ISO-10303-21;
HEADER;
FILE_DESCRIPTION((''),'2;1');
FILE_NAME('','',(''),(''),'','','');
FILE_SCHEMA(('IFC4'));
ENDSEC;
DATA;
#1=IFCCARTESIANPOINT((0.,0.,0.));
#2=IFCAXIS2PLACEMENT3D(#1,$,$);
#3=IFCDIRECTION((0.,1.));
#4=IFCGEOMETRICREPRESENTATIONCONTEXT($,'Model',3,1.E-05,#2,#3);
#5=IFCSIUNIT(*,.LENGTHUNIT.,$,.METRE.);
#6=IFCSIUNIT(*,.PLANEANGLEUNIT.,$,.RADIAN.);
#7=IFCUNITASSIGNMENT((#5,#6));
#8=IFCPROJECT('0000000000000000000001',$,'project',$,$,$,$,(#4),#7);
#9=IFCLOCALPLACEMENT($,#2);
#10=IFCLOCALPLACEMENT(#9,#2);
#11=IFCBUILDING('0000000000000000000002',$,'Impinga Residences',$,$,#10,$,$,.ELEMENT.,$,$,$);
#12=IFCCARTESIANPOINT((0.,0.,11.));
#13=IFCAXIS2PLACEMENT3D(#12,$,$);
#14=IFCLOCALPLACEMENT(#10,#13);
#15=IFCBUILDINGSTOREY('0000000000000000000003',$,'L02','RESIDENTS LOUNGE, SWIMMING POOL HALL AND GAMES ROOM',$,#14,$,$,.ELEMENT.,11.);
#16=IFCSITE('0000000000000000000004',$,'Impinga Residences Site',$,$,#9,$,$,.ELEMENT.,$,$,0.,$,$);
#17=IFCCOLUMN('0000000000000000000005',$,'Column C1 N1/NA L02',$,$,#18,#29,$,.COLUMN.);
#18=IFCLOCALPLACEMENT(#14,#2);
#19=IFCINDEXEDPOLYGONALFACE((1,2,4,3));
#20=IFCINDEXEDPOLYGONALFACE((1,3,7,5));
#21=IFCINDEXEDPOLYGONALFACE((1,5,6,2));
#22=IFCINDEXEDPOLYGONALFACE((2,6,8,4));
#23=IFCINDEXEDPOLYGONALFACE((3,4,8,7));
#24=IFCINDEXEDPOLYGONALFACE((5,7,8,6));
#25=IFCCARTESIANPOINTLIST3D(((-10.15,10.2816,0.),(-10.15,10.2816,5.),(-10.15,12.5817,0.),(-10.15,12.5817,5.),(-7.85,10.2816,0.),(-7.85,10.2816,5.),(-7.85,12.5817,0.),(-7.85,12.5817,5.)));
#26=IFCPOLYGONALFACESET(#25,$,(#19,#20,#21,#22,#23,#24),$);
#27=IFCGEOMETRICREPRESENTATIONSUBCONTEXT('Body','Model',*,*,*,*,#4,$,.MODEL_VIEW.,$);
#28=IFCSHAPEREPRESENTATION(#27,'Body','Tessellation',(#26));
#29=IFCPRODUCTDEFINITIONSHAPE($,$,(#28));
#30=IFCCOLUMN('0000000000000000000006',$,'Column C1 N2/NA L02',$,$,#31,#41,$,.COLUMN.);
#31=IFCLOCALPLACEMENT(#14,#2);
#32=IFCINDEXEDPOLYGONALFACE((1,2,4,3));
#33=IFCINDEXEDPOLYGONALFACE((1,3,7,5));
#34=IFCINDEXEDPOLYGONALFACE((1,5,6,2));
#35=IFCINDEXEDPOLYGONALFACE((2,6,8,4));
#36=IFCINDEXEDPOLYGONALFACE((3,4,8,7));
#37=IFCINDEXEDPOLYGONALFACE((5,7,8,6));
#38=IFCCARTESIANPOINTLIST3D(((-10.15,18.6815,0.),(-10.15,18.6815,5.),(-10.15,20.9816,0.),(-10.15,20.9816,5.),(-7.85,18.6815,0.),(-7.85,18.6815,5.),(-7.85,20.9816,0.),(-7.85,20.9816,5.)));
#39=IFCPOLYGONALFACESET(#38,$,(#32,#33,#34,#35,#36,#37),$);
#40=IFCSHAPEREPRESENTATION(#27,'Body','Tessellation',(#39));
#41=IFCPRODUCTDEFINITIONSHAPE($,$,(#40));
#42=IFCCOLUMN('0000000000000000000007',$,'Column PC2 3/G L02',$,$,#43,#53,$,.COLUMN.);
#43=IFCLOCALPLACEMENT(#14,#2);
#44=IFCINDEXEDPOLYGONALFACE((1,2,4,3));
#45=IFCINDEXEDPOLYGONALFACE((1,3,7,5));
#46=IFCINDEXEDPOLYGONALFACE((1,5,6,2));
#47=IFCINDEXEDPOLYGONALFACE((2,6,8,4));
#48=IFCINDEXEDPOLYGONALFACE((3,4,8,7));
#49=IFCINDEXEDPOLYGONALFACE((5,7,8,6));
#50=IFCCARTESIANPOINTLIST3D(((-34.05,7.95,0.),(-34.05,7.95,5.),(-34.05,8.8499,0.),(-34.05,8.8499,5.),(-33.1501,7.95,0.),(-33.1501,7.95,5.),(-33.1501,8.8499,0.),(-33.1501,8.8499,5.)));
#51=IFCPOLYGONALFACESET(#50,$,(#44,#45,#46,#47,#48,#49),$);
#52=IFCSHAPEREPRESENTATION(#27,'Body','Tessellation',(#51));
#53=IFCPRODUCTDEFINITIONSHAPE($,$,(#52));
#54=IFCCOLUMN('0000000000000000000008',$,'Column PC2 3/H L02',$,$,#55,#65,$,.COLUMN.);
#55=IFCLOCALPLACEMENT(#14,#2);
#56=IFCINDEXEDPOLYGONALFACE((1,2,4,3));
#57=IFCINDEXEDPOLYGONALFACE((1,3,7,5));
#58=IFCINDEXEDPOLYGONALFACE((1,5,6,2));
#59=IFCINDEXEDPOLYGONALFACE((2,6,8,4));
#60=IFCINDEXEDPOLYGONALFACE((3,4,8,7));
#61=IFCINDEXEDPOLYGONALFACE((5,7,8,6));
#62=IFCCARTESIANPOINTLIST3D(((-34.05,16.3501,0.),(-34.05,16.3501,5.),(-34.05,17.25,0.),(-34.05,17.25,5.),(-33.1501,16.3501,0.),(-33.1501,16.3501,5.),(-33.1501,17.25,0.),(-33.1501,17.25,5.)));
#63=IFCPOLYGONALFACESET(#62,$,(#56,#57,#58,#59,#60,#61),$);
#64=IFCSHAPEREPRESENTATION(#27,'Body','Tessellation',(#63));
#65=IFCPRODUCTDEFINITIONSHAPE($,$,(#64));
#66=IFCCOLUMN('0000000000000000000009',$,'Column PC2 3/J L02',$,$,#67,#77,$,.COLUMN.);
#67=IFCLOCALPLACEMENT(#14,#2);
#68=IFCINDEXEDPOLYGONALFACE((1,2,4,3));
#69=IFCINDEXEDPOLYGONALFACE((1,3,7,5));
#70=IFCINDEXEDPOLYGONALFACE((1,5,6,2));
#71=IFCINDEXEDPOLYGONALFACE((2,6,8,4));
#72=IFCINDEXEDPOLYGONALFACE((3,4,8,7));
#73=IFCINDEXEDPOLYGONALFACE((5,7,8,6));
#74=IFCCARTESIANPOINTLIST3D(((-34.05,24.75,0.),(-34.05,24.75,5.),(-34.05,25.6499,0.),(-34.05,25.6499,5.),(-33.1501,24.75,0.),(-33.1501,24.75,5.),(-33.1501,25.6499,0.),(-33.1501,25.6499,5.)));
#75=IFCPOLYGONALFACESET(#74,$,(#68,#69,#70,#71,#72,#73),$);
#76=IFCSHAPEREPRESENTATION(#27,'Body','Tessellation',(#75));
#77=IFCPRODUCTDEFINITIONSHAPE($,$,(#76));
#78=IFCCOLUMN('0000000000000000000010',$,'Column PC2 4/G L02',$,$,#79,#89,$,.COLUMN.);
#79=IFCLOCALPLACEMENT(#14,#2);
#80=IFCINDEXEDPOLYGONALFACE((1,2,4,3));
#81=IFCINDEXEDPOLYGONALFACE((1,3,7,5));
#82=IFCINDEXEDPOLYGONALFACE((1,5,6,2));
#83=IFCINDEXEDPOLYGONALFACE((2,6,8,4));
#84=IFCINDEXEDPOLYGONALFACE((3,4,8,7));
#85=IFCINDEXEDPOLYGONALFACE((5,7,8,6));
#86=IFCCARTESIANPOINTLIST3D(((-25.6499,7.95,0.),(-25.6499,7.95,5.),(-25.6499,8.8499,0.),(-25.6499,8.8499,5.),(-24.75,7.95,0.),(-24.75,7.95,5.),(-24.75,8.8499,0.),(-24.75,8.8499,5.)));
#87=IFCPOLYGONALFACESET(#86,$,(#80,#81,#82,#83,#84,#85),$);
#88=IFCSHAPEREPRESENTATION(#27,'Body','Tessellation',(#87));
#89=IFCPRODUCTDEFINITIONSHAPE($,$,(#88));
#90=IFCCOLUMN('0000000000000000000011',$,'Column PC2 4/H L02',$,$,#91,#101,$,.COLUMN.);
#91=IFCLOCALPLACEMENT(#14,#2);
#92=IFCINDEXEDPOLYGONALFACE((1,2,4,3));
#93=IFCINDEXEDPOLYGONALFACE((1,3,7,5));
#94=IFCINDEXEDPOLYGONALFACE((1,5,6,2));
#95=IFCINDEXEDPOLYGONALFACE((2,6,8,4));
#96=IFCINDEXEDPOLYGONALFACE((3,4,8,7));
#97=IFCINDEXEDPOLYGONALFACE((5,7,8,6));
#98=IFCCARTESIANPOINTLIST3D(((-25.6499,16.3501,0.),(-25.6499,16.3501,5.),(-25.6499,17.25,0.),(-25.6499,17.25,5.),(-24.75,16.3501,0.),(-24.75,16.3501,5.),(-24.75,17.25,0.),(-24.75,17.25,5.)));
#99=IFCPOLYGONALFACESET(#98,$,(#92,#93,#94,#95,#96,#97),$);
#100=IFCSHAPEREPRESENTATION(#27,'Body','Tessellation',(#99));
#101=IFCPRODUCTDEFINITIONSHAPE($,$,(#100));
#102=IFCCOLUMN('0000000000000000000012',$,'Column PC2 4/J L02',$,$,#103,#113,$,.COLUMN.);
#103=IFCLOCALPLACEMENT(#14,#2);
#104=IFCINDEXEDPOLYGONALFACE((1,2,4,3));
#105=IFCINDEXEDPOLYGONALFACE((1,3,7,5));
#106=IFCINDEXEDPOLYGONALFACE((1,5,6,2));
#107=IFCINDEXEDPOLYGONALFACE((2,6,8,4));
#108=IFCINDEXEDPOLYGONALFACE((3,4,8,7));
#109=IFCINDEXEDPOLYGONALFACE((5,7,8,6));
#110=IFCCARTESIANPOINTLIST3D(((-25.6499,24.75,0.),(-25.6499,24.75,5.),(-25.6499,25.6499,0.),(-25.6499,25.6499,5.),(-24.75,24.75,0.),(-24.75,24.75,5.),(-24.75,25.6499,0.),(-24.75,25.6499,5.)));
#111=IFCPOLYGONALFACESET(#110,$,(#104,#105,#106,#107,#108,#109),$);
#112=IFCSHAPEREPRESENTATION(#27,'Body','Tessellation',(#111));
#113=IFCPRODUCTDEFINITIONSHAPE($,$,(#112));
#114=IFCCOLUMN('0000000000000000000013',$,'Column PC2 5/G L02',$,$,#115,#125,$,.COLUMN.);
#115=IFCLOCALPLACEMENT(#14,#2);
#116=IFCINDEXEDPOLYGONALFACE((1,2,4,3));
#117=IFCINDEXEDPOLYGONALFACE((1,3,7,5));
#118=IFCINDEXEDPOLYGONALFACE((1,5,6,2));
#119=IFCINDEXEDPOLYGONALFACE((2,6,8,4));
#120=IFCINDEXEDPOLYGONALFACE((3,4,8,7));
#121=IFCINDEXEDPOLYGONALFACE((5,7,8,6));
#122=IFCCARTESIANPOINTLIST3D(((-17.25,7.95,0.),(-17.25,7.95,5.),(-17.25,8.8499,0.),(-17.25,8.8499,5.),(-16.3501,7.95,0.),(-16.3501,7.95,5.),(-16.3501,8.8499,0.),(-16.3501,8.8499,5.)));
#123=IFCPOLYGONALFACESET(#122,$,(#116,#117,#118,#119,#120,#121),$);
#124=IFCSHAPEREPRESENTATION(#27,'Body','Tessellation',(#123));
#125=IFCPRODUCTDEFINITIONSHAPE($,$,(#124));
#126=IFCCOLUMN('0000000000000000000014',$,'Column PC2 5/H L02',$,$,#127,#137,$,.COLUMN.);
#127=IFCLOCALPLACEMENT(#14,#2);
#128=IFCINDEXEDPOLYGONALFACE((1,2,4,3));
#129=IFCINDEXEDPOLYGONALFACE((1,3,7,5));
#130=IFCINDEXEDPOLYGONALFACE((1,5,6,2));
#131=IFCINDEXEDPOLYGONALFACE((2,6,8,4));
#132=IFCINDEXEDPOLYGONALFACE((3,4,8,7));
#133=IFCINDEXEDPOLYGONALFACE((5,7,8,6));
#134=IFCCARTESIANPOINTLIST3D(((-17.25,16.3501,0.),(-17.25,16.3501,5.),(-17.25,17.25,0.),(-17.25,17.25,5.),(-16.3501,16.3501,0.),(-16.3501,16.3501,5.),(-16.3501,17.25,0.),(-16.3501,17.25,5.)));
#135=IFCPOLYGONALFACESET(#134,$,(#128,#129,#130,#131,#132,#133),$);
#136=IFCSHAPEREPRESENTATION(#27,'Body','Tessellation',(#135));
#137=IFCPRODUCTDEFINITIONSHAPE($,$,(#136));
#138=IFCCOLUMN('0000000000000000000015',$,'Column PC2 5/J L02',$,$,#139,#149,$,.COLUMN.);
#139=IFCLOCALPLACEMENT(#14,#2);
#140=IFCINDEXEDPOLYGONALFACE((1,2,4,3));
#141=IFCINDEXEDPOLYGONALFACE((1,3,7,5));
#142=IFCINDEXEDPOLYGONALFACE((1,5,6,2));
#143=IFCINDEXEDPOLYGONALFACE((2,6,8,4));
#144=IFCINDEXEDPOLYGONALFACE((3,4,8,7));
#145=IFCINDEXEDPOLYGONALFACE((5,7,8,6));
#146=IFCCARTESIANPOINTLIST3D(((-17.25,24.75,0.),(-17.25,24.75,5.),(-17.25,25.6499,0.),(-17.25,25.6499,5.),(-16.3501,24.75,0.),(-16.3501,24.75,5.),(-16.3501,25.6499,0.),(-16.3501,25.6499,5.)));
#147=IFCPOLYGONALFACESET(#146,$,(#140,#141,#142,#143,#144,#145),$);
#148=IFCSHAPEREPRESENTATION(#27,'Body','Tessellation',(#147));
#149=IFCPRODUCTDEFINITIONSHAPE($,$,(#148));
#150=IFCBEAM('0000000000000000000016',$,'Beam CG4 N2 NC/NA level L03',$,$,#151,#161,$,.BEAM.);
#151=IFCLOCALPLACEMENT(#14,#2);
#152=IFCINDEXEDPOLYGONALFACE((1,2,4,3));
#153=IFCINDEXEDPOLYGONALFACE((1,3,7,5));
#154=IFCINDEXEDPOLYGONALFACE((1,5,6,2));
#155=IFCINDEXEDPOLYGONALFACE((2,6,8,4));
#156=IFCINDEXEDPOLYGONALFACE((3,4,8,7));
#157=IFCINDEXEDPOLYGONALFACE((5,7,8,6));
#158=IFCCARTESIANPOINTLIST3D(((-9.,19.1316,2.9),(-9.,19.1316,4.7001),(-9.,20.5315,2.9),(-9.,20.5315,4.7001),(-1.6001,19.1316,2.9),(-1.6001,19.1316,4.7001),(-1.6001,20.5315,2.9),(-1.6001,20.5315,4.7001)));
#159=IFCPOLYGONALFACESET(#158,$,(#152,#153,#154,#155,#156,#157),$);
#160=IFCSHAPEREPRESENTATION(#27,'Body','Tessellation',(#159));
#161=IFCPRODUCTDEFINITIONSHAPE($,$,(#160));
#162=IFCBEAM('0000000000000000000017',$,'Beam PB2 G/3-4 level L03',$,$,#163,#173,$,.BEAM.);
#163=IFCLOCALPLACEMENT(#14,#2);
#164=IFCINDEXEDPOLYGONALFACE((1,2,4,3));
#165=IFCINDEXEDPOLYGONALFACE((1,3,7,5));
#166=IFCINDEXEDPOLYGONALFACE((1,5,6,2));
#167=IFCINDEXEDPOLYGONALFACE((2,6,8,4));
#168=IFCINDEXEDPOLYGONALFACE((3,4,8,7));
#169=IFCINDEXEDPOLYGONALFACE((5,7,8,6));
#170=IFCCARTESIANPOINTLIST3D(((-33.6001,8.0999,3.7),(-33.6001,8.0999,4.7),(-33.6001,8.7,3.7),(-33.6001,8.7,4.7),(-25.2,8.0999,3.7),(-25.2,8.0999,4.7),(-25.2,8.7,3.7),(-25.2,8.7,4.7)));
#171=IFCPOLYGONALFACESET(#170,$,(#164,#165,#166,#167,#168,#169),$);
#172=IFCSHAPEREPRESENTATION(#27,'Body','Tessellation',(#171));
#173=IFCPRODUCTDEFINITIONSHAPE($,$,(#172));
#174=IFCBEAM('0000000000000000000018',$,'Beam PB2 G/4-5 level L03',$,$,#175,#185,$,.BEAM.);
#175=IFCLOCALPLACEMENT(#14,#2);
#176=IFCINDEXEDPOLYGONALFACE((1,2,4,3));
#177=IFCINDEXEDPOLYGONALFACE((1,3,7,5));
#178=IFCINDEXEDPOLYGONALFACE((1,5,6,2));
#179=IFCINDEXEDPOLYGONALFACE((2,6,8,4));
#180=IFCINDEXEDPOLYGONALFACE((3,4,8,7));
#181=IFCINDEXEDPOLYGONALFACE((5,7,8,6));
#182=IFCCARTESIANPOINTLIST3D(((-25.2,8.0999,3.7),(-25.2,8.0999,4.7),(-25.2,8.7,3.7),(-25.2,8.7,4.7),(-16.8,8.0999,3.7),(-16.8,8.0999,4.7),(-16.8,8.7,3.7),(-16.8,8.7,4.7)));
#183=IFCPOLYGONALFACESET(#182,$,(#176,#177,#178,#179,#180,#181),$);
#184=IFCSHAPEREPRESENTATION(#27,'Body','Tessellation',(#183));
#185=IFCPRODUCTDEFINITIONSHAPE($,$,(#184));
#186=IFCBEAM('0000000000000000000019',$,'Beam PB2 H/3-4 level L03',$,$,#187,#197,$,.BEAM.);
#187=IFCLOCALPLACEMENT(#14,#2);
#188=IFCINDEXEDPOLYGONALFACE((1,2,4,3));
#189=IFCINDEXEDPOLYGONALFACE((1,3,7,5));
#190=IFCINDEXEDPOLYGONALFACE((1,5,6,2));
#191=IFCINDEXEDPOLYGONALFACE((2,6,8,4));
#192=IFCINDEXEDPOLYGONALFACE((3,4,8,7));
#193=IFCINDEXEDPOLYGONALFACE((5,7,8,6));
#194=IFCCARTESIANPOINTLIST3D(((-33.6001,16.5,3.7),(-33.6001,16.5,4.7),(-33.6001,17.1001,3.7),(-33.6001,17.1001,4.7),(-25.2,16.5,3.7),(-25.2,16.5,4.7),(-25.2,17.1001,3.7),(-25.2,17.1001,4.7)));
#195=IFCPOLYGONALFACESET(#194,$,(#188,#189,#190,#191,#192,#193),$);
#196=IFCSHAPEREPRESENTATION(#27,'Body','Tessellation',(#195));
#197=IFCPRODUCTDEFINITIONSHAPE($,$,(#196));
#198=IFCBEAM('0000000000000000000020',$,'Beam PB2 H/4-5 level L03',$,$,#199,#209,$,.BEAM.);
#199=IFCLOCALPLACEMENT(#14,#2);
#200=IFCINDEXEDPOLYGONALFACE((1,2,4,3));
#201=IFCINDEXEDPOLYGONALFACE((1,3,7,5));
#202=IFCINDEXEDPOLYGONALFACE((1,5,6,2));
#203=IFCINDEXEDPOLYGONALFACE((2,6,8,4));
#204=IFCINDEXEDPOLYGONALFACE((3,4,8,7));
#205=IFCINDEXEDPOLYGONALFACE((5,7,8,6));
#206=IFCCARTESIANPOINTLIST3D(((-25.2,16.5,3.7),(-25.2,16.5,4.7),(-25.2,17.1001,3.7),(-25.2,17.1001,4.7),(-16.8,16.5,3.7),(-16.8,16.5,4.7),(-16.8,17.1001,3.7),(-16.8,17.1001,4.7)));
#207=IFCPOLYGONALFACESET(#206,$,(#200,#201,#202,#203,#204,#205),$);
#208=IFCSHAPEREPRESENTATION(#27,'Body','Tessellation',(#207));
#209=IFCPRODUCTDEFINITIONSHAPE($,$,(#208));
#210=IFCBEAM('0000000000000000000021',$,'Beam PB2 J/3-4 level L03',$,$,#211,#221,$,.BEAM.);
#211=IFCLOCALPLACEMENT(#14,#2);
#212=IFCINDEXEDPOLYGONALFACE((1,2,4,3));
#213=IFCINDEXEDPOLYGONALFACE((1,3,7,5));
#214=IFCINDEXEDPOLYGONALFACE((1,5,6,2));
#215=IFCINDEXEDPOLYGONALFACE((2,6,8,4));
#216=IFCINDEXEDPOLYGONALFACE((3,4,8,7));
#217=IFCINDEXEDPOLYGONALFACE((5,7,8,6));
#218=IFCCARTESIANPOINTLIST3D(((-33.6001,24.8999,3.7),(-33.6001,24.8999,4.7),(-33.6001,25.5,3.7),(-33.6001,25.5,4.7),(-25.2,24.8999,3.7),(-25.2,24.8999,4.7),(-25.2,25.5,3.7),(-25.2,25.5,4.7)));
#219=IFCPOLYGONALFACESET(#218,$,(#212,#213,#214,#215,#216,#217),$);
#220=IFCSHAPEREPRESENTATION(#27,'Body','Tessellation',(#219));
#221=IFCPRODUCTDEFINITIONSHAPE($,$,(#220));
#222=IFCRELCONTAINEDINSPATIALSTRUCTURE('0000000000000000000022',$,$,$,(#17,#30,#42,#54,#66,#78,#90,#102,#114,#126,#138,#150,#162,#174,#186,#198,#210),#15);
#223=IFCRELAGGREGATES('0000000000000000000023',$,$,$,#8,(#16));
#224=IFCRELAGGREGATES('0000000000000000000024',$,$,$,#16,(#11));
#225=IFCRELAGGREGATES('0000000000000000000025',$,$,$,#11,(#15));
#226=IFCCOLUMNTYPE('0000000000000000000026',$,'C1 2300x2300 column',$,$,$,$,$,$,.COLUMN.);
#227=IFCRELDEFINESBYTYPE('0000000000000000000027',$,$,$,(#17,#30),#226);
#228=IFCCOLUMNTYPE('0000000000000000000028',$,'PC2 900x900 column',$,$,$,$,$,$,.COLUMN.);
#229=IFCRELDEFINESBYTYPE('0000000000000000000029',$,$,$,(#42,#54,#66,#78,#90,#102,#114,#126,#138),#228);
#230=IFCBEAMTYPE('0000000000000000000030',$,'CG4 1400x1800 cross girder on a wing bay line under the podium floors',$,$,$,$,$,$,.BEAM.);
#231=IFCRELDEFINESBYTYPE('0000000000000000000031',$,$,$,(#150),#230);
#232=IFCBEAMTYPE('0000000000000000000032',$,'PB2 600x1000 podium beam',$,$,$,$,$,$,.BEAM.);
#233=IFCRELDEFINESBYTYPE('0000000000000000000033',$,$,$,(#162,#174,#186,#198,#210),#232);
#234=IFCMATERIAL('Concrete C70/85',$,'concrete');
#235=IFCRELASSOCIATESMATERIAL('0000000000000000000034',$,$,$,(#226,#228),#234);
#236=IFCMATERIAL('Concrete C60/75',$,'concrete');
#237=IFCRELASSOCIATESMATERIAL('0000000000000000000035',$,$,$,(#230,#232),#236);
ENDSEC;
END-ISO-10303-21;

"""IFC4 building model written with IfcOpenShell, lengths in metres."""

from ifc_helpers import new_model, si_unit, direction, frame, origin, origin_2d, place, context, subcontext, project, spatial, rectangle, extrude, material, material_profile, profile_set, type_object, element, save


model = new_model("IFC4")

# Units and contexts
model_context = context("Model", 3, precision=1e-05, world=origin(), true_north=direction((0.0, 1.0)))
body_context = subcontext(model_context, "Body", "Model", "MODEL_VIEW")
ifc_project = project(units=[si_unit("LENGTHUNIT", "METRE"), si_unit("PLANEANGLEUNIT", "RADIAN")], contexts=[model_context])

# Site, building, storey
site_placement = place(None, origin())
site = spatial("IfcSite", under=ifc_project, at=site_placement, Name="Impinga Residences Site", CompositionType="ELEMENT", RefElevation=0.0)
building_placement = place(site_placement, origin())
building = spatial("IfcBuilding", under=site, at=building_placement, Name="Impinga Residences", CompositionType="ELEMENT")
storey_placement = place(building_placement, frame((0.0, 0.0, 11.0)))
storey = spatial("IfcBuildingStorey", under=building, at=storey_placement, Name="L02", Description="RESIDENTS LOUNGE, SWIMMING POOL HALL AND GAMES ROOM", CompositionType="ELEMENT", Elevation=11.0)

# Columns
ifc_material_1 = material(Name="Concrete C70/85", Category="concrete")
ifc_material_profile_1 = material_profile(ifc_material_1, rectangle(XDim=2.3, YDim=2.3, at=origin_2d()), Name="RC 2300x2300")
ifc_profile_set_1 = profile_set([ifc_material_profile_1], Name="Concrete C70/85")
column_type_1 = type_object("IfcColumnType", Name="C1 2300x2300 column", PredefinedType="COLUMN", material=ifc_profile_set_1)
for number, where, z_axis, x_axis, name in (
    (1, (-9.0, 11.4316, 0.0), (0.0, 0.0, 1.0), (1.0, 0.0, 0.0), "Column C1 N1/NA L02"),
    (2, (-9.0, 19.8315, 0.0), (0.0, 0.0, 1.0), (1.0, 0.0, 0.0), "Column C1 N2/NA L02"),
):
    element("IfcColumn", number, at=place(storey_placement, frame(where, z_axis=z_axis, x_axis=x_axis)), inside=storey, type_object=column_type_1, Name=name, PredefinedType="COLUMN", context=body_context, shape_type="SweptSolid", body=[
        extrude(rectangle(XDim=2.3, YDim=2.3, at=origin_2d()), origin(), (0.0, 0.0, 1.0), 5.0),
    ])
ifc_material_profile_2 = material_profile(ifc_material_1, rectangle(XDim=0.8999, YDim=0.8999, at=origin_2d()), Name="RC 900x900")
ifc_profile_set_2 = profile_set([ifc_material_profile_2], Name="Concrete C70/85")
column_type_2 = type_object("IfcColumnType", Name="PC2 900x900 column", PredefinedType="COLUMN", material=ifc_profile_set_2)
for number, where, z_axis, x_axis, name in (
    (3, (-33.6001, 8.3999, 0.0), (0.0, 0.0, 1.0), (1.0, 0.0, 0.0), "Column PC2 3/G L02"),
    (4, (-33.6001, 16.8, 0.0), (0.0, 0.0, 1.0), (1.0, 0.0, 0.0), "Column PC2 3/H L02"),
    (5, (-33.6001, 25.2, 0.0), (0.0, 0.0, 1.0), (1.0, 0.0, 0.0), "Column PC2 3/J L02"),
    (6, (-25.2, 8.3999, 0.0), (0.0, 0.0, 1.0), (1.0, 0.0, 0.0), "Column PC2 4/G L02"),
    (7, (-25.2, 16.8, 0.0), (0.0, 0.0, 1.0), (1.0, 0.0, 0.0), "Column PC2 4/H L02"),
    (8, (-25.2, 25.2, 0.0), (0.0, 0.0, 1.0), (1.0, 0.0, 0.0), "Column PC2 4/J L02"),
    (9, (-16.8, 8.3999, 0.0), (0.0, 0.0, 1.0), (1.0, 0.0, 0.0), "Column PC2 5/G L02"),
    (10, (-16.8, 16.8, 0.0), (0.0, 0.0, 1.0), (1.0, 0.0, 0.0), "Column PC2 5/H L02"),
    (11, (-16.8, 25.2, 0.0), (0.0, 0.0, 1.0), (1.0, 0.0, 0.0), "Column PC2 5/J L02"),
):
    element("IfcColumn", number, at=place(storey_placement, frame(where, z_axis=z_axis, x_axis=x_axis)), inside=storey, type_object=column_type_2, Name=name, PredefinedType="COLUMN", context=body_context, shape_type="SweptSolid", body=[
        extrude(rectangle(XDim=0.8999, YDim=0.8999, at=origin_2d()), origin(), (0.0, 0.0, 1.0), 5.0),
    ])

# Beams
ifc_material_2 = material(Name="Concrete C60/75", Category="concrete")
ifc_material_profile_3 = material_profile(ifc_material_2, rectangle(XDim=1.3999, YDim=1.8, at=origin_2d()), Name="RC 1400x1800")
ifc_profile_set_3 = profile_set([ifc_material_profile_3], Name="Concrete C60/75")
beam_type_1 = type_object("IfcBeamType", Name="CG4 1400x1800 cross girder on a wing bay line under the podium floors", PredefinedType="BEAM", material=ifc_profile_set_3)
beam_1_placement = place(storey_placement, frame((-1.6001, 19.8315, 3.8), z_axis=(-1.0, 0.0, 0.0), x_axis=(0.0, -1.0, 0.0)))
element("IfcBeam", 12, at=beam_1_placement, inside=storey, type_object=beam_type_1, Name="Beam CG4 N2 NC/NA level L03", PredefinedType="BEAM", context=body_context, shape_type="SweptSolid", body=[
    extrude(rectangle(XDim=1.3999, YDim=1.8, at=origin_2d()), origin(), (0.0, 0.0, 1.0), 7.3999),
])
ifc_material_profile_4 = material_profile(ifc_material_2, rectangle(XDim=0.6001, YDim=1.0, at=origin_2d()), Name="RC 600x1000")
ifc_profile_set_4 = profile_set([ifc_material_profile_4], Name="Concrete C60/75")
beam_type_2 = type_object("IfcBeamType", Name="PB2 600x1000 podium beam", PredefinedType="BEAM", material=ifc_profile_set_4)
beam_2_placement = place(storey_placement, frame((-33.6001, 8.3999, 4.2), z_axis=(1.0, 0.0, 0.0), x_axis=(0.0, 1.0, 0.0)))
element("IfcBeam", 13, at=beam_2_placement, inside=storey, type_object=beam_type_2, Name="Beam PB2 G/3-4 level L03", PredefinedType="BEAM", context=body_context, shape_type="SweptSolid", body=[
    extrude(rectangle(XDim=0.6001, YDim=1.0, at=origin_2d()), origin(), (0.0, 0.0, 1.0), 8.4001),
])
beam_3_placement = place(storey_placement, frame((-25.2, 8.3999, 4.2), z_axis=(1.0, 0.0, 0.0), x_axis=(0.0, 1.0, 0.0)))
element("IfcBeam", 14, at=beam_3_placement, inside=storey, type_object=beam_type_2, Name="Beam PB2 G/4-5 level L03", PredefinedType="BEAM", context=body_context, shape_type="SweptSolid", body=[
    extrude(rectangle(XDim=0.6001, YDim=1.0, at=origin_2d()), origin(), (0.0, 0.0, 1.0), 8.3999),
])
beam_4_placement = place(storey_placement, frame((-33.6001, 16.8, 4.2), z_axis=(1.0, 0.0, 0.0), x_axis=(0.0, 1.0, 0.0)))
element("IfcBeam", 15, at=beam_4_placement, inside=storey, type_object=beam_type_2, Name="Beam PB2 H/3-4 level L03", PredefinedType="BEAM", context=body_context, shape_type="SweptSolid", body=[
    extrude(rectangle(XDim=0.6001, YDim=1.0, at=origin_2d()), origin(), (0.0, 0.0, 1.0), 8.4001),
])
beam_5_placement = place(storey_placement, frame((-25.2, 16.8, 4.2), z_axis=(1.0, 0.0, 0.0), x_axis=(0.0, 1.0, 0.0)))
element("IfcBeam", 16, at=beam_5_placement, inside=storey, type_object=beam_type_2, Name="Beam PB2 H/4-5 level L03", PredefinedType="BEAM", context=body_context, shape_type="SweptSolid", body=[
    extrude(rectangle(XDim=0.6001, YDim=1.0, at=origin_2d()), origin(), (0.0, 0.0, 1.0), 8.3999),
])
beam_6_placement = place(storey_placement, frame((-33.6001, 25.2, 4.2), z_axis=(1.0, 0.0, 0.0), x_axis=(0.0, 1.0, 0.0)))
element("IfcBeam", 17, at=beam_6_placement, inside=storey, type_object=beam_type_2, Name="Beam PB2 J/3-4 level L03", PredefinedType="BEAM", context=body_context, shape_type="SweptSolid", body=[
    extrude(rectangle(XDim=0.6001, YDim=1.0, at=origin_2d()), origin(), (0.0, 0.0, 1.0), 8.4001),
])

save(model, "model.ifc")
